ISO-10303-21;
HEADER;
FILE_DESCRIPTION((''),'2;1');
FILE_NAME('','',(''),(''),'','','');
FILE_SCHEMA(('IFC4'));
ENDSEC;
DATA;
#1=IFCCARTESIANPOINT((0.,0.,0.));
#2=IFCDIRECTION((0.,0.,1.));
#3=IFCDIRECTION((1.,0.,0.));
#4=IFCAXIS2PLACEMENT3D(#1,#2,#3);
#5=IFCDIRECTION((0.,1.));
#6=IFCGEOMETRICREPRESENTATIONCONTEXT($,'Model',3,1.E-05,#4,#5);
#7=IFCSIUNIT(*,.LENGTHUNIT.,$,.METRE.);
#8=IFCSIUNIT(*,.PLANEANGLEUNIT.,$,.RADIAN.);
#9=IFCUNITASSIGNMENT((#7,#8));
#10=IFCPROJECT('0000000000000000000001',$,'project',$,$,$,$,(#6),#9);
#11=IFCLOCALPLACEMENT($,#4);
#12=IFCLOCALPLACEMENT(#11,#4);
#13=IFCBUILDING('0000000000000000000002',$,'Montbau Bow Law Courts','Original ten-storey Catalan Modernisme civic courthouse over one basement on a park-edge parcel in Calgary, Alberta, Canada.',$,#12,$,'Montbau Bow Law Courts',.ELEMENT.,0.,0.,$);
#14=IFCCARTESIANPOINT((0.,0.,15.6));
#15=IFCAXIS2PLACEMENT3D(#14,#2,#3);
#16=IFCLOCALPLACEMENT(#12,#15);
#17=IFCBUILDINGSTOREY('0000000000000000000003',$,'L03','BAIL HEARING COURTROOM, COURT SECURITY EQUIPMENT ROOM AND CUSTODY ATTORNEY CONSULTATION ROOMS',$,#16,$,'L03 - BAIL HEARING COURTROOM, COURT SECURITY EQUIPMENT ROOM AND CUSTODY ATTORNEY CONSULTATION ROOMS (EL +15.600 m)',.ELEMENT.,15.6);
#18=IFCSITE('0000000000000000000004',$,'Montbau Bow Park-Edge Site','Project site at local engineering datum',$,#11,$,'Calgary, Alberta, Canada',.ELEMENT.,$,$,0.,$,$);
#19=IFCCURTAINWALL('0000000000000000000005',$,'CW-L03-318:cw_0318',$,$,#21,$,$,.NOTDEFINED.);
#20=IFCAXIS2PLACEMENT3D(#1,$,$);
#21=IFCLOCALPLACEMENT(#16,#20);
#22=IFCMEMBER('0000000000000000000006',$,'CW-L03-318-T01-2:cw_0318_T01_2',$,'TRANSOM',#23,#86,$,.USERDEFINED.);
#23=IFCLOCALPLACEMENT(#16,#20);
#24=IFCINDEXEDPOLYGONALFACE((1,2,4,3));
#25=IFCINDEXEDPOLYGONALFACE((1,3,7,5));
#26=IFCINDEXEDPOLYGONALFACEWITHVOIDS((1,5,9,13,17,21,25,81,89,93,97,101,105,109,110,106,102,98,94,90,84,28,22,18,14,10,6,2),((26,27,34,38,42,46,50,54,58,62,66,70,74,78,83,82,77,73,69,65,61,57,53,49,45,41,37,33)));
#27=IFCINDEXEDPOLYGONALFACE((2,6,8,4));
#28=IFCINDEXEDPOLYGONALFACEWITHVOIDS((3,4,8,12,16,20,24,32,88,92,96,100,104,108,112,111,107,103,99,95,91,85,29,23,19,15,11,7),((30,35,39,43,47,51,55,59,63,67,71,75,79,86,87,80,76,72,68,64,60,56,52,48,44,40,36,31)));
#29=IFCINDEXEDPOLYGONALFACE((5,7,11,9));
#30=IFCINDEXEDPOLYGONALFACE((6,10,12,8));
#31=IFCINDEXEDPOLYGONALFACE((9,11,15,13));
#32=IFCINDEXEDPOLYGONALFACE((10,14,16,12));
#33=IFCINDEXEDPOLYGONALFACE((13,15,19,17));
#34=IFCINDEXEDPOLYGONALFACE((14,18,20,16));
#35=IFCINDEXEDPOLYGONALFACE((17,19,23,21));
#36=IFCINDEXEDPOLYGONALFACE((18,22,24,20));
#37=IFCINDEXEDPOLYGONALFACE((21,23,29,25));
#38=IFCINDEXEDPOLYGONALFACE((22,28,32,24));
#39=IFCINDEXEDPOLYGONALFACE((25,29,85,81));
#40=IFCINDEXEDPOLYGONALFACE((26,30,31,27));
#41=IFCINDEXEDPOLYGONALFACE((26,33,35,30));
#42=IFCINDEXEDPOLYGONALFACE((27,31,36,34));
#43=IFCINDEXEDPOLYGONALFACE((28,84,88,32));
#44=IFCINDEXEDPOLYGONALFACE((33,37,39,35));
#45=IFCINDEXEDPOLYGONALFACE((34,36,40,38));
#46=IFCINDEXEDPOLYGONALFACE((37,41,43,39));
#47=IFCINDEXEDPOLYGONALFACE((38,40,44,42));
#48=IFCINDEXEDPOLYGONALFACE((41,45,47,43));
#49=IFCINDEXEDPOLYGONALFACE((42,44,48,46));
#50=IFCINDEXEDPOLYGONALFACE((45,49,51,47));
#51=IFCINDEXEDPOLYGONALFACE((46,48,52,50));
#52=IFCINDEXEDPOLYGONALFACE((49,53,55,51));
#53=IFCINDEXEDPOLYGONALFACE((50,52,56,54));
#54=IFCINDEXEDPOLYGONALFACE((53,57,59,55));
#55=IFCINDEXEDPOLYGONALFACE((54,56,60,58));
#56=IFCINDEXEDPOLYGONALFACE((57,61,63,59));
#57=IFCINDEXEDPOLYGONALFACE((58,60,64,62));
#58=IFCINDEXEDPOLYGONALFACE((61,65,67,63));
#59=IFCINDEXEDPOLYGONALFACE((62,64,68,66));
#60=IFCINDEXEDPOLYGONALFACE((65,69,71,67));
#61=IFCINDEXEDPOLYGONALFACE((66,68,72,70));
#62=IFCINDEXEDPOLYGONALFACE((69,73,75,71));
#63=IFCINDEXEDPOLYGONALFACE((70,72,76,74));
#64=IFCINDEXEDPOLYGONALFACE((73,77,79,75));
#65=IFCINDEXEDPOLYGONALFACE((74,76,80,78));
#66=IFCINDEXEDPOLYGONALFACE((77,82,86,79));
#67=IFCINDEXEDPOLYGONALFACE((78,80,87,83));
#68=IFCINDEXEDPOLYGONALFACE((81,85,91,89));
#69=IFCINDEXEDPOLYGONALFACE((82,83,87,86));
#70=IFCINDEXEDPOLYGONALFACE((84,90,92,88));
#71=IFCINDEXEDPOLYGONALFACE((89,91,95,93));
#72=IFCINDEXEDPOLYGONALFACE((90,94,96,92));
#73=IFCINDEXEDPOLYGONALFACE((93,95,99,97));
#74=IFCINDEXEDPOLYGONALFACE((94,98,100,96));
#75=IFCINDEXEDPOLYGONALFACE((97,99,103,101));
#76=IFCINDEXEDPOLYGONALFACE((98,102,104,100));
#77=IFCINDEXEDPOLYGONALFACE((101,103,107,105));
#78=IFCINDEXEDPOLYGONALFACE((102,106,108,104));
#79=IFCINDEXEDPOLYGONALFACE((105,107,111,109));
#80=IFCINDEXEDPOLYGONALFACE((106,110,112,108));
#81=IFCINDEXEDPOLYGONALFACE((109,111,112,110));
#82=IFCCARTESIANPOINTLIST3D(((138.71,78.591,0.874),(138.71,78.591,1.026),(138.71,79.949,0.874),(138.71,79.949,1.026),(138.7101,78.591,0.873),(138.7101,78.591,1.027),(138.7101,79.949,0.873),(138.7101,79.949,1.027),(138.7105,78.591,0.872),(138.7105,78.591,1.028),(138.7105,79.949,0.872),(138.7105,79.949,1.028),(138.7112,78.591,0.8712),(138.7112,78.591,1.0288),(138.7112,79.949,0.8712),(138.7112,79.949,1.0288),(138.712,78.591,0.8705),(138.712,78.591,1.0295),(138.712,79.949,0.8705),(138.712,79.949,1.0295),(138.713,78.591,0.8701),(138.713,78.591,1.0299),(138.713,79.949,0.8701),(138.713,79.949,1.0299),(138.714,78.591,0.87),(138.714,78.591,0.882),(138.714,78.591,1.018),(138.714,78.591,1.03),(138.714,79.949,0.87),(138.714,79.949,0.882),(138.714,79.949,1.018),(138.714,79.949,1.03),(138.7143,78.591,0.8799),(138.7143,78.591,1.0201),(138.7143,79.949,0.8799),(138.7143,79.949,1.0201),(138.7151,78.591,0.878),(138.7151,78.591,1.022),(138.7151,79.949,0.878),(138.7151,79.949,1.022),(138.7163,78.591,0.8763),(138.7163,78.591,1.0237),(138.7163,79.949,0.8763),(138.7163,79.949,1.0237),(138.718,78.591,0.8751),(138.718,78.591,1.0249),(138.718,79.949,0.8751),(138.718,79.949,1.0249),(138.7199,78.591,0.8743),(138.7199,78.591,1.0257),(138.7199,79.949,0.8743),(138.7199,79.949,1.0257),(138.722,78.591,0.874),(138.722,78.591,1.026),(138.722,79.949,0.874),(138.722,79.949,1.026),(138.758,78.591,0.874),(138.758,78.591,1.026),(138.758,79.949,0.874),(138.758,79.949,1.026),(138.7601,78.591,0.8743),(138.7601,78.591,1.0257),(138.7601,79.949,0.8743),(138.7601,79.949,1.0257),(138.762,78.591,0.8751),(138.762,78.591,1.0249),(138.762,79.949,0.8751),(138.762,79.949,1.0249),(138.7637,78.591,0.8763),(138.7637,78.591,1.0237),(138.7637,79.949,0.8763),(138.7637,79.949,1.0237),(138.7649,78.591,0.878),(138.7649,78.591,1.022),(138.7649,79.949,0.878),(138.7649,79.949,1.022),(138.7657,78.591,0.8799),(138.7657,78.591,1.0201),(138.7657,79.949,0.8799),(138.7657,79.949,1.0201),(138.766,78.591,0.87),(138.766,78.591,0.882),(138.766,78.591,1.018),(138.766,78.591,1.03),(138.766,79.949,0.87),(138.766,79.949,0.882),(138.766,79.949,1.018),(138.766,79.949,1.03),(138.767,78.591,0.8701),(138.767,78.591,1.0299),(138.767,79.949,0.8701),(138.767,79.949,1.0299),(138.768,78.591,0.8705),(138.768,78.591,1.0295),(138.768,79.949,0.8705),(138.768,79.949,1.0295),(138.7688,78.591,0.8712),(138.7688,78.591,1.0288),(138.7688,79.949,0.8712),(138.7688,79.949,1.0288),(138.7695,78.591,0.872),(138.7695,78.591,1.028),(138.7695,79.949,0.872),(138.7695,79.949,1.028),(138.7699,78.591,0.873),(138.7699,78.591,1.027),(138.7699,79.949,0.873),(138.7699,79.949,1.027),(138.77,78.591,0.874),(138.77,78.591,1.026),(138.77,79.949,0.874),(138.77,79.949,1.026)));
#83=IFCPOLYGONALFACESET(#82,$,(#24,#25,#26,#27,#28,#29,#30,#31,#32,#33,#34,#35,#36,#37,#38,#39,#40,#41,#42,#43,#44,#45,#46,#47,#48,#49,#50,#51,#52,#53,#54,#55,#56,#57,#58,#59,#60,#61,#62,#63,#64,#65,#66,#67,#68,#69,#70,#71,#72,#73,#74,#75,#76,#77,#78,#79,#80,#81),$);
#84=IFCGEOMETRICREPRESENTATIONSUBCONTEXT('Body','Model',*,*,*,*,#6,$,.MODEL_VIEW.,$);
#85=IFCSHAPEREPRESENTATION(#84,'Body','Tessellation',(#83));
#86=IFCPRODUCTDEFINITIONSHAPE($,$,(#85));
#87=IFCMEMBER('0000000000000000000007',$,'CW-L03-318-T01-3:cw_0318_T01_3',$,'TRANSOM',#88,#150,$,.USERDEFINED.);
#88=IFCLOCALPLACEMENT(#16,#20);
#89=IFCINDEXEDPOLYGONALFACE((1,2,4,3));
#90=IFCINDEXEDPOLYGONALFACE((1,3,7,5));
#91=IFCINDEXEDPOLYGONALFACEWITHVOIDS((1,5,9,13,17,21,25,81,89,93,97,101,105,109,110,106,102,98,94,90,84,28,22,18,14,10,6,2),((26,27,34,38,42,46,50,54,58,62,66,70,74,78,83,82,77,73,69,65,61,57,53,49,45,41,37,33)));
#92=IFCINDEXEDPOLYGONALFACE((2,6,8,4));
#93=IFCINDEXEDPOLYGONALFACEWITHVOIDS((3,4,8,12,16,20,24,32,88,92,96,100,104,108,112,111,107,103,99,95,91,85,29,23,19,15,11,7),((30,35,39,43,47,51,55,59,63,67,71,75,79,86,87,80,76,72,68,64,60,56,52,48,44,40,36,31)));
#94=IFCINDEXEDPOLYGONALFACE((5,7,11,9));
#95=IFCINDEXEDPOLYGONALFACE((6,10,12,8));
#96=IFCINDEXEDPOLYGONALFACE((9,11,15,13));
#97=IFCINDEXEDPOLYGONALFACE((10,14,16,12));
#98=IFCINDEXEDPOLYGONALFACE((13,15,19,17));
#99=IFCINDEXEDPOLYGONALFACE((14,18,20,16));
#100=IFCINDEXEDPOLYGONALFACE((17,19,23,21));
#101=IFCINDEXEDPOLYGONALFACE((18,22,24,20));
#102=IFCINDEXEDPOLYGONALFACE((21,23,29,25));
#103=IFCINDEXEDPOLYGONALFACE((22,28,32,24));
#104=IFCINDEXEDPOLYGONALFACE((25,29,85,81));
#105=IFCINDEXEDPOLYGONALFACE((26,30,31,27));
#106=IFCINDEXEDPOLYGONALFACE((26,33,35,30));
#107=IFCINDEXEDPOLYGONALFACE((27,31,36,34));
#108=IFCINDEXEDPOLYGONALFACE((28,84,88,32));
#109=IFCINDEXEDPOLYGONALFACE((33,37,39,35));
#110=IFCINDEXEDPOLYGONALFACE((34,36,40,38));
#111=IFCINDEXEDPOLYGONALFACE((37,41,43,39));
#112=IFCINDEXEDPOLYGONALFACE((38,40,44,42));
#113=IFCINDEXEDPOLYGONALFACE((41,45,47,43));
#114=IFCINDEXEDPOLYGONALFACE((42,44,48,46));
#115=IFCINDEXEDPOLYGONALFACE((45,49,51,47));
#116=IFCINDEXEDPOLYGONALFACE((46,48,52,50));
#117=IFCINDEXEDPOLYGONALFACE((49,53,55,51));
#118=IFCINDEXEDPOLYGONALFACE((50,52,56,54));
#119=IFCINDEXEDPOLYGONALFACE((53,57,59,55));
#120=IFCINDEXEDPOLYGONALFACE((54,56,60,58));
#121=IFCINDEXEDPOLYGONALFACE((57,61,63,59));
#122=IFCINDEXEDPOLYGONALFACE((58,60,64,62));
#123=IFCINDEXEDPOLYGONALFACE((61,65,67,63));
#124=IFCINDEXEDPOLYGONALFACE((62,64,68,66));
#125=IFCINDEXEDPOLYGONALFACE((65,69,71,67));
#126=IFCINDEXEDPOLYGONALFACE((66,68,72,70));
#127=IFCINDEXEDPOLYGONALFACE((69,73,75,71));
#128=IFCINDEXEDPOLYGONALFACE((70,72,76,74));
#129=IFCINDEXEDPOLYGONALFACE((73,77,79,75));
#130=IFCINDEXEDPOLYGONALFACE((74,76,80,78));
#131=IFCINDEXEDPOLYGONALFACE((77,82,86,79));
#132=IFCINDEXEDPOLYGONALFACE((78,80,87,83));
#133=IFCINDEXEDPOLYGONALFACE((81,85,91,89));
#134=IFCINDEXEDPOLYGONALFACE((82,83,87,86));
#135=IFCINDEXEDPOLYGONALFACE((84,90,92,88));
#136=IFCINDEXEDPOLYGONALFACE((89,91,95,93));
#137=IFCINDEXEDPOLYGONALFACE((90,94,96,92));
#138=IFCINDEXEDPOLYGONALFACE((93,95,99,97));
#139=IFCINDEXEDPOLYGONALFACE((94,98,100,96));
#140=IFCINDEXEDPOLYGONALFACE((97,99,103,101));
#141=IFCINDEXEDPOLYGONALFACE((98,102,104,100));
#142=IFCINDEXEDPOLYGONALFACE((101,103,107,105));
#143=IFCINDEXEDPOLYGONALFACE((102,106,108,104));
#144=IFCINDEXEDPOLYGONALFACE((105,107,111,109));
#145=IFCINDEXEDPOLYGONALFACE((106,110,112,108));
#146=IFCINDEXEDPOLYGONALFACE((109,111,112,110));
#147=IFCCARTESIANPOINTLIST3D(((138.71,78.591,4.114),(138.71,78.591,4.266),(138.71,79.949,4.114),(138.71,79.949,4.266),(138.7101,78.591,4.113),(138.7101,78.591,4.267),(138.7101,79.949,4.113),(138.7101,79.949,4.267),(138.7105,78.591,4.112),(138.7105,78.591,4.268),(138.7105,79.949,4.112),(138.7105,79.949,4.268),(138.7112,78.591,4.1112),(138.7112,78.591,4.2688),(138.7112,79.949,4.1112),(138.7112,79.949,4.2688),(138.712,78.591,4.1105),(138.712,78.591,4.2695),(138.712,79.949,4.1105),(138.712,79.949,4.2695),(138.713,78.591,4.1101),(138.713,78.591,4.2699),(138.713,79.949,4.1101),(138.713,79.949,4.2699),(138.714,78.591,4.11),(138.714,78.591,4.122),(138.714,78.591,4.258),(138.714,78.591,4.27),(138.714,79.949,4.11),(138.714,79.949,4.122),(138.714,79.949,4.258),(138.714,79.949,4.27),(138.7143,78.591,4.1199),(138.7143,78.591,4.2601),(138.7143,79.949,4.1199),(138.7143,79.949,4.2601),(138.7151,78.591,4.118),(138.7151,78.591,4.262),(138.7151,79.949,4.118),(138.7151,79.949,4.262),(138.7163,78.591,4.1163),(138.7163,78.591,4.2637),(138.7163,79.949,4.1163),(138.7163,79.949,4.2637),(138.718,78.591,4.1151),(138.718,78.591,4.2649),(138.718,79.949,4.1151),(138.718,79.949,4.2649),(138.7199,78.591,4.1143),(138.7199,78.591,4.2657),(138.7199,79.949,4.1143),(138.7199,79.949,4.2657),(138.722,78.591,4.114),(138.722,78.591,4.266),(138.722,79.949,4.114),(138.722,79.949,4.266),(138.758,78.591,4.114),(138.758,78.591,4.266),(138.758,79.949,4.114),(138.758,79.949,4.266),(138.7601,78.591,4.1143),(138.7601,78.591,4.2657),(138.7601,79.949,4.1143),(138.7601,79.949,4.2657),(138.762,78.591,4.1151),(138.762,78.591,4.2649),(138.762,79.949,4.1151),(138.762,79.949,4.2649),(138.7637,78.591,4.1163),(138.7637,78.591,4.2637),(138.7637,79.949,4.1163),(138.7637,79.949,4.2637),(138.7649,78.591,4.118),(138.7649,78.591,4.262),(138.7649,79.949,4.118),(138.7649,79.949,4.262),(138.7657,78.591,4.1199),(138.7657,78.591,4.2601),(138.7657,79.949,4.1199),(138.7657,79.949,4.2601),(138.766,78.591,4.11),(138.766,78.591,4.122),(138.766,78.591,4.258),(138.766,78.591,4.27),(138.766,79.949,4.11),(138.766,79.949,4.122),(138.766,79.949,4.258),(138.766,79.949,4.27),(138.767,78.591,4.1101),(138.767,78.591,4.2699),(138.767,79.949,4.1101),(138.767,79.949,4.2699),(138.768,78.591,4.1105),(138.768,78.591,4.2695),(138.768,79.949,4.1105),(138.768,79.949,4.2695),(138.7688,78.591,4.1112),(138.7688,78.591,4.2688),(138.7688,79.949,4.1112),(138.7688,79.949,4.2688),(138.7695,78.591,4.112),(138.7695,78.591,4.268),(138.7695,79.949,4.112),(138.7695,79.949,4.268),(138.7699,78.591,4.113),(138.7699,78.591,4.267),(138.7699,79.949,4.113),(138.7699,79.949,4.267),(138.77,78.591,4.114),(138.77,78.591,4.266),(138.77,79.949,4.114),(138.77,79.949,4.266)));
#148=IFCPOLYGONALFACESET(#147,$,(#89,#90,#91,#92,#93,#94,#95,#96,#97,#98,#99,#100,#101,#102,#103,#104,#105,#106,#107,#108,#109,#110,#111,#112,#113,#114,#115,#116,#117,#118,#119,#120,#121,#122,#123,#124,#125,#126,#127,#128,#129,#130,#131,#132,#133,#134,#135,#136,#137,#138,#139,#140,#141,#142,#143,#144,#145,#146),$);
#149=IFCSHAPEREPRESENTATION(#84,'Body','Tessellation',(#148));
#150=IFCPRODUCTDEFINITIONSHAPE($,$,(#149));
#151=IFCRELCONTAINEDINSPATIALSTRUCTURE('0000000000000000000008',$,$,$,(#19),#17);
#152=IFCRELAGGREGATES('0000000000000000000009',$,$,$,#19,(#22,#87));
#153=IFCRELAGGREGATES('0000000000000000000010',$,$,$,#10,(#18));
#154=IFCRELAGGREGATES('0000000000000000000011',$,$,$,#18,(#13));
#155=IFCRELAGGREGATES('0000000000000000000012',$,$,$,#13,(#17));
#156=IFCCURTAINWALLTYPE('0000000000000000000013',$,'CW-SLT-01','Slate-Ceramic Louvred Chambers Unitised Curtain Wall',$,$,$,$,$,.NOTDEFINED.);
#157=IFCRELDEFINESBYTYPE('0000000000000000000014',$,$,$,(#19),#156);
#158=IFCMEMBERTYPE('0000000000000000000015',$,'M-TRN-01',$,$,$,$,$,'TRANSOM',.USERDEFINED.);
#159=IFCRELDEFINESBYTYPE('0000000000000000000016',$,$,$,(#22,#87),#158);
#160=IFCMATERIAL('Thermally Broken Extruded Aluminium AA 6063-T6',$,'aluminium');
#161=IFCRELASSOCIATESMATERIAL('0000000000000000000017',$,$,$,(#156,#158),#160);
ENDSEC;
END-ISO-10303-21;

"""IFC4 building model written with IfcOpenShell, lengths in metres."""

from ifc_helpers import new_model, si_unit, direction, frame, origin_with_axes, origin_2d_with_axis, place, context, subcontext, project, spatial, hollow_rectangle, extrude, material, material_profile, profile_set, type_object, element, aggregate, save


model = new_model("IFC4")

# Units and contexts
model_context = context("Model", 3, precision=1e-05, world=origin_with_axes(), true_north=direction((0.0, 1.0)))
body_context = subcontext(model_context, "Body", "Model", "MODEL_VIEW")
ifc_project = project(units=[si_unit("LENGTHUNIT", "METRE"), si_unit("PLANEANGLEUNIT", "RADIAN")], contexts=[model_context])

# Site, building, storey
site_placement = place(None, origin_with_axes())
site = spatial("IfcSite", under=ifc_project, at=site_placement, Name="Montbau Bow Park-Edge Site", Description="Project site at local engineering datum", LongName="Calgary, Alberta, Canada", CompositionType="ELEMENT", RefElevation=0.0)
building_placement = place(site_placement, origin_with_axes())
building = spatial("IfcBuilding", under=site, at=building_placement, Name="Montbau Bow Law Courts", Description="Original ten-storey Catalan Modernisme civic courthouse over one basement on a park-edge parcel in Calgary, Alberta, Canada.", LongName="Montbau Bow Law Courts", CompositionType="ELEMENT", ElevationOfRefHeight=0.0, ElevationOfTerrain=0.0)
storey_placement = place(building_placement, frame((0.0, 0.0, 15.6), z_axis=(0.0, 0.0, 1.0), x_axis=(1.0, 0.0, 0.0)))
storey = spatial("IfcBuildingStorey", under=building, at=storey_placement, Name="L03", Description="BAIL HEARING COURTROOM, COURT SECURITY EQUIPMENT ROOM AND CUSTODY ATTORNEY CONSULTATION ROOMS", LongName="L03 - BAIL HEARING COURTROOM, COURT SECURITY EQUIPMENT ROOM AND CUSTODY ATTORNEY CONSULTATION ROOMS (EL +15.600 m)", CompositionType="ELEMENT", Elevation=15.6)

# Curtain wall, members
ifc_material_1 = material(Name="Thermally Broken Extruded Aluminium AA 6063-T6", Category="aluminium")
curtain_wall_type = type_object("IfcCurtainWallType", Name="CW-SLT-01", Description="Slate-Ceramic Louvred Chambers Unitised Curtain Wall", PredefinedType="NOTDEFINED", material=ifc_material_1)
curtain_wall_placement = place(None, frame((138.74, 78.515, 15.6), z_axis=(0.0, 0.0, 1.0), x_axis=(1.0, 0.0, 0.0)))
curtain_wall = element("IfcCurtainWall", 1, at=curtain_wall_placement, inside=storey, type_object=curtain_wall_type, Name="CW-L03-318:cw_0318", PredefinedType="NOTDEFINED")
ifc_material_profile_1 = material_profile(ifc_material_1, hollow_rectangle(XDim=0.06, YDim=0.16, WallThickness=0.004, InnerFilletRadius=0.008, OuterFilletRadius=0.004, at=origin_2d_with_axis()), Name="CWT-160X60", Category="Main", Priority=0)
ifc_profile_set_1 = profile_set([ifc_material_profile_1], Name="Thermally Broken Extruded Aluminium AA 6063-T6")
member_type_1 = type_object("IfcMemberType", Name="M-TRN-01", ElementType="TRANSOM", PredefinedType="USERDEFINED", material=ifc_profile_set_1)
member_1_placement = place(None, frame((138.74, 78.591, 16.55), z_axis=(0.0, 1.0, 0.0), x_axis=(-1.0, 0.0, 0.0)))
member_1 = element("IfcMember", 2, at=member_1_placement, type_object=member_type_1, Name="CW-L03-318-T01-2:cw_0318_T01_2", ObjectType="TRANSOM", PredefinedType="USERDEFINED", context=body_context, shape_type="SweptSolid", body=[
    extrude(hollow_rectangle(XDim=0.06, YDim=0.16, WallThickness=0.004, InnerFilletRadius=0.008, OuterFilletRadius=0.004, at=origin_2d_with_axis()), origin_with_axes(), (0.0, 0.0, 1.0), 1.358),
])
member_2_placement = place(None, frame((138.74, 78.591, 19.79), z_axis=(0.0, 1.0, 0.0), x_axis=(-1.0, 0.0, 0.0)))
member_2 = element("IfcMember", 3, at=member_2_placement, type_object=member_type_1, Name="CW-L03-318-T01-3:cw_0318_T01_3", ObjectType="TRANSOM", PredefinedType="USERDEFINED", context=body_context, shape_type="SweptSolid", body=[
    extrude(hollow_rectangle(XDim=0.06, YDim=0.16, WallThickness=0.004, InnerFilletRadius=0.008, OuterFilletRadius=0.004, at=origin_2d_with_axis()), origin_with_axes(), (0.0, 0.0, 1.0), 1.358),
])
aggregate(curtain_wall, [member_1, member_2])

save(model, "model.ifc")
